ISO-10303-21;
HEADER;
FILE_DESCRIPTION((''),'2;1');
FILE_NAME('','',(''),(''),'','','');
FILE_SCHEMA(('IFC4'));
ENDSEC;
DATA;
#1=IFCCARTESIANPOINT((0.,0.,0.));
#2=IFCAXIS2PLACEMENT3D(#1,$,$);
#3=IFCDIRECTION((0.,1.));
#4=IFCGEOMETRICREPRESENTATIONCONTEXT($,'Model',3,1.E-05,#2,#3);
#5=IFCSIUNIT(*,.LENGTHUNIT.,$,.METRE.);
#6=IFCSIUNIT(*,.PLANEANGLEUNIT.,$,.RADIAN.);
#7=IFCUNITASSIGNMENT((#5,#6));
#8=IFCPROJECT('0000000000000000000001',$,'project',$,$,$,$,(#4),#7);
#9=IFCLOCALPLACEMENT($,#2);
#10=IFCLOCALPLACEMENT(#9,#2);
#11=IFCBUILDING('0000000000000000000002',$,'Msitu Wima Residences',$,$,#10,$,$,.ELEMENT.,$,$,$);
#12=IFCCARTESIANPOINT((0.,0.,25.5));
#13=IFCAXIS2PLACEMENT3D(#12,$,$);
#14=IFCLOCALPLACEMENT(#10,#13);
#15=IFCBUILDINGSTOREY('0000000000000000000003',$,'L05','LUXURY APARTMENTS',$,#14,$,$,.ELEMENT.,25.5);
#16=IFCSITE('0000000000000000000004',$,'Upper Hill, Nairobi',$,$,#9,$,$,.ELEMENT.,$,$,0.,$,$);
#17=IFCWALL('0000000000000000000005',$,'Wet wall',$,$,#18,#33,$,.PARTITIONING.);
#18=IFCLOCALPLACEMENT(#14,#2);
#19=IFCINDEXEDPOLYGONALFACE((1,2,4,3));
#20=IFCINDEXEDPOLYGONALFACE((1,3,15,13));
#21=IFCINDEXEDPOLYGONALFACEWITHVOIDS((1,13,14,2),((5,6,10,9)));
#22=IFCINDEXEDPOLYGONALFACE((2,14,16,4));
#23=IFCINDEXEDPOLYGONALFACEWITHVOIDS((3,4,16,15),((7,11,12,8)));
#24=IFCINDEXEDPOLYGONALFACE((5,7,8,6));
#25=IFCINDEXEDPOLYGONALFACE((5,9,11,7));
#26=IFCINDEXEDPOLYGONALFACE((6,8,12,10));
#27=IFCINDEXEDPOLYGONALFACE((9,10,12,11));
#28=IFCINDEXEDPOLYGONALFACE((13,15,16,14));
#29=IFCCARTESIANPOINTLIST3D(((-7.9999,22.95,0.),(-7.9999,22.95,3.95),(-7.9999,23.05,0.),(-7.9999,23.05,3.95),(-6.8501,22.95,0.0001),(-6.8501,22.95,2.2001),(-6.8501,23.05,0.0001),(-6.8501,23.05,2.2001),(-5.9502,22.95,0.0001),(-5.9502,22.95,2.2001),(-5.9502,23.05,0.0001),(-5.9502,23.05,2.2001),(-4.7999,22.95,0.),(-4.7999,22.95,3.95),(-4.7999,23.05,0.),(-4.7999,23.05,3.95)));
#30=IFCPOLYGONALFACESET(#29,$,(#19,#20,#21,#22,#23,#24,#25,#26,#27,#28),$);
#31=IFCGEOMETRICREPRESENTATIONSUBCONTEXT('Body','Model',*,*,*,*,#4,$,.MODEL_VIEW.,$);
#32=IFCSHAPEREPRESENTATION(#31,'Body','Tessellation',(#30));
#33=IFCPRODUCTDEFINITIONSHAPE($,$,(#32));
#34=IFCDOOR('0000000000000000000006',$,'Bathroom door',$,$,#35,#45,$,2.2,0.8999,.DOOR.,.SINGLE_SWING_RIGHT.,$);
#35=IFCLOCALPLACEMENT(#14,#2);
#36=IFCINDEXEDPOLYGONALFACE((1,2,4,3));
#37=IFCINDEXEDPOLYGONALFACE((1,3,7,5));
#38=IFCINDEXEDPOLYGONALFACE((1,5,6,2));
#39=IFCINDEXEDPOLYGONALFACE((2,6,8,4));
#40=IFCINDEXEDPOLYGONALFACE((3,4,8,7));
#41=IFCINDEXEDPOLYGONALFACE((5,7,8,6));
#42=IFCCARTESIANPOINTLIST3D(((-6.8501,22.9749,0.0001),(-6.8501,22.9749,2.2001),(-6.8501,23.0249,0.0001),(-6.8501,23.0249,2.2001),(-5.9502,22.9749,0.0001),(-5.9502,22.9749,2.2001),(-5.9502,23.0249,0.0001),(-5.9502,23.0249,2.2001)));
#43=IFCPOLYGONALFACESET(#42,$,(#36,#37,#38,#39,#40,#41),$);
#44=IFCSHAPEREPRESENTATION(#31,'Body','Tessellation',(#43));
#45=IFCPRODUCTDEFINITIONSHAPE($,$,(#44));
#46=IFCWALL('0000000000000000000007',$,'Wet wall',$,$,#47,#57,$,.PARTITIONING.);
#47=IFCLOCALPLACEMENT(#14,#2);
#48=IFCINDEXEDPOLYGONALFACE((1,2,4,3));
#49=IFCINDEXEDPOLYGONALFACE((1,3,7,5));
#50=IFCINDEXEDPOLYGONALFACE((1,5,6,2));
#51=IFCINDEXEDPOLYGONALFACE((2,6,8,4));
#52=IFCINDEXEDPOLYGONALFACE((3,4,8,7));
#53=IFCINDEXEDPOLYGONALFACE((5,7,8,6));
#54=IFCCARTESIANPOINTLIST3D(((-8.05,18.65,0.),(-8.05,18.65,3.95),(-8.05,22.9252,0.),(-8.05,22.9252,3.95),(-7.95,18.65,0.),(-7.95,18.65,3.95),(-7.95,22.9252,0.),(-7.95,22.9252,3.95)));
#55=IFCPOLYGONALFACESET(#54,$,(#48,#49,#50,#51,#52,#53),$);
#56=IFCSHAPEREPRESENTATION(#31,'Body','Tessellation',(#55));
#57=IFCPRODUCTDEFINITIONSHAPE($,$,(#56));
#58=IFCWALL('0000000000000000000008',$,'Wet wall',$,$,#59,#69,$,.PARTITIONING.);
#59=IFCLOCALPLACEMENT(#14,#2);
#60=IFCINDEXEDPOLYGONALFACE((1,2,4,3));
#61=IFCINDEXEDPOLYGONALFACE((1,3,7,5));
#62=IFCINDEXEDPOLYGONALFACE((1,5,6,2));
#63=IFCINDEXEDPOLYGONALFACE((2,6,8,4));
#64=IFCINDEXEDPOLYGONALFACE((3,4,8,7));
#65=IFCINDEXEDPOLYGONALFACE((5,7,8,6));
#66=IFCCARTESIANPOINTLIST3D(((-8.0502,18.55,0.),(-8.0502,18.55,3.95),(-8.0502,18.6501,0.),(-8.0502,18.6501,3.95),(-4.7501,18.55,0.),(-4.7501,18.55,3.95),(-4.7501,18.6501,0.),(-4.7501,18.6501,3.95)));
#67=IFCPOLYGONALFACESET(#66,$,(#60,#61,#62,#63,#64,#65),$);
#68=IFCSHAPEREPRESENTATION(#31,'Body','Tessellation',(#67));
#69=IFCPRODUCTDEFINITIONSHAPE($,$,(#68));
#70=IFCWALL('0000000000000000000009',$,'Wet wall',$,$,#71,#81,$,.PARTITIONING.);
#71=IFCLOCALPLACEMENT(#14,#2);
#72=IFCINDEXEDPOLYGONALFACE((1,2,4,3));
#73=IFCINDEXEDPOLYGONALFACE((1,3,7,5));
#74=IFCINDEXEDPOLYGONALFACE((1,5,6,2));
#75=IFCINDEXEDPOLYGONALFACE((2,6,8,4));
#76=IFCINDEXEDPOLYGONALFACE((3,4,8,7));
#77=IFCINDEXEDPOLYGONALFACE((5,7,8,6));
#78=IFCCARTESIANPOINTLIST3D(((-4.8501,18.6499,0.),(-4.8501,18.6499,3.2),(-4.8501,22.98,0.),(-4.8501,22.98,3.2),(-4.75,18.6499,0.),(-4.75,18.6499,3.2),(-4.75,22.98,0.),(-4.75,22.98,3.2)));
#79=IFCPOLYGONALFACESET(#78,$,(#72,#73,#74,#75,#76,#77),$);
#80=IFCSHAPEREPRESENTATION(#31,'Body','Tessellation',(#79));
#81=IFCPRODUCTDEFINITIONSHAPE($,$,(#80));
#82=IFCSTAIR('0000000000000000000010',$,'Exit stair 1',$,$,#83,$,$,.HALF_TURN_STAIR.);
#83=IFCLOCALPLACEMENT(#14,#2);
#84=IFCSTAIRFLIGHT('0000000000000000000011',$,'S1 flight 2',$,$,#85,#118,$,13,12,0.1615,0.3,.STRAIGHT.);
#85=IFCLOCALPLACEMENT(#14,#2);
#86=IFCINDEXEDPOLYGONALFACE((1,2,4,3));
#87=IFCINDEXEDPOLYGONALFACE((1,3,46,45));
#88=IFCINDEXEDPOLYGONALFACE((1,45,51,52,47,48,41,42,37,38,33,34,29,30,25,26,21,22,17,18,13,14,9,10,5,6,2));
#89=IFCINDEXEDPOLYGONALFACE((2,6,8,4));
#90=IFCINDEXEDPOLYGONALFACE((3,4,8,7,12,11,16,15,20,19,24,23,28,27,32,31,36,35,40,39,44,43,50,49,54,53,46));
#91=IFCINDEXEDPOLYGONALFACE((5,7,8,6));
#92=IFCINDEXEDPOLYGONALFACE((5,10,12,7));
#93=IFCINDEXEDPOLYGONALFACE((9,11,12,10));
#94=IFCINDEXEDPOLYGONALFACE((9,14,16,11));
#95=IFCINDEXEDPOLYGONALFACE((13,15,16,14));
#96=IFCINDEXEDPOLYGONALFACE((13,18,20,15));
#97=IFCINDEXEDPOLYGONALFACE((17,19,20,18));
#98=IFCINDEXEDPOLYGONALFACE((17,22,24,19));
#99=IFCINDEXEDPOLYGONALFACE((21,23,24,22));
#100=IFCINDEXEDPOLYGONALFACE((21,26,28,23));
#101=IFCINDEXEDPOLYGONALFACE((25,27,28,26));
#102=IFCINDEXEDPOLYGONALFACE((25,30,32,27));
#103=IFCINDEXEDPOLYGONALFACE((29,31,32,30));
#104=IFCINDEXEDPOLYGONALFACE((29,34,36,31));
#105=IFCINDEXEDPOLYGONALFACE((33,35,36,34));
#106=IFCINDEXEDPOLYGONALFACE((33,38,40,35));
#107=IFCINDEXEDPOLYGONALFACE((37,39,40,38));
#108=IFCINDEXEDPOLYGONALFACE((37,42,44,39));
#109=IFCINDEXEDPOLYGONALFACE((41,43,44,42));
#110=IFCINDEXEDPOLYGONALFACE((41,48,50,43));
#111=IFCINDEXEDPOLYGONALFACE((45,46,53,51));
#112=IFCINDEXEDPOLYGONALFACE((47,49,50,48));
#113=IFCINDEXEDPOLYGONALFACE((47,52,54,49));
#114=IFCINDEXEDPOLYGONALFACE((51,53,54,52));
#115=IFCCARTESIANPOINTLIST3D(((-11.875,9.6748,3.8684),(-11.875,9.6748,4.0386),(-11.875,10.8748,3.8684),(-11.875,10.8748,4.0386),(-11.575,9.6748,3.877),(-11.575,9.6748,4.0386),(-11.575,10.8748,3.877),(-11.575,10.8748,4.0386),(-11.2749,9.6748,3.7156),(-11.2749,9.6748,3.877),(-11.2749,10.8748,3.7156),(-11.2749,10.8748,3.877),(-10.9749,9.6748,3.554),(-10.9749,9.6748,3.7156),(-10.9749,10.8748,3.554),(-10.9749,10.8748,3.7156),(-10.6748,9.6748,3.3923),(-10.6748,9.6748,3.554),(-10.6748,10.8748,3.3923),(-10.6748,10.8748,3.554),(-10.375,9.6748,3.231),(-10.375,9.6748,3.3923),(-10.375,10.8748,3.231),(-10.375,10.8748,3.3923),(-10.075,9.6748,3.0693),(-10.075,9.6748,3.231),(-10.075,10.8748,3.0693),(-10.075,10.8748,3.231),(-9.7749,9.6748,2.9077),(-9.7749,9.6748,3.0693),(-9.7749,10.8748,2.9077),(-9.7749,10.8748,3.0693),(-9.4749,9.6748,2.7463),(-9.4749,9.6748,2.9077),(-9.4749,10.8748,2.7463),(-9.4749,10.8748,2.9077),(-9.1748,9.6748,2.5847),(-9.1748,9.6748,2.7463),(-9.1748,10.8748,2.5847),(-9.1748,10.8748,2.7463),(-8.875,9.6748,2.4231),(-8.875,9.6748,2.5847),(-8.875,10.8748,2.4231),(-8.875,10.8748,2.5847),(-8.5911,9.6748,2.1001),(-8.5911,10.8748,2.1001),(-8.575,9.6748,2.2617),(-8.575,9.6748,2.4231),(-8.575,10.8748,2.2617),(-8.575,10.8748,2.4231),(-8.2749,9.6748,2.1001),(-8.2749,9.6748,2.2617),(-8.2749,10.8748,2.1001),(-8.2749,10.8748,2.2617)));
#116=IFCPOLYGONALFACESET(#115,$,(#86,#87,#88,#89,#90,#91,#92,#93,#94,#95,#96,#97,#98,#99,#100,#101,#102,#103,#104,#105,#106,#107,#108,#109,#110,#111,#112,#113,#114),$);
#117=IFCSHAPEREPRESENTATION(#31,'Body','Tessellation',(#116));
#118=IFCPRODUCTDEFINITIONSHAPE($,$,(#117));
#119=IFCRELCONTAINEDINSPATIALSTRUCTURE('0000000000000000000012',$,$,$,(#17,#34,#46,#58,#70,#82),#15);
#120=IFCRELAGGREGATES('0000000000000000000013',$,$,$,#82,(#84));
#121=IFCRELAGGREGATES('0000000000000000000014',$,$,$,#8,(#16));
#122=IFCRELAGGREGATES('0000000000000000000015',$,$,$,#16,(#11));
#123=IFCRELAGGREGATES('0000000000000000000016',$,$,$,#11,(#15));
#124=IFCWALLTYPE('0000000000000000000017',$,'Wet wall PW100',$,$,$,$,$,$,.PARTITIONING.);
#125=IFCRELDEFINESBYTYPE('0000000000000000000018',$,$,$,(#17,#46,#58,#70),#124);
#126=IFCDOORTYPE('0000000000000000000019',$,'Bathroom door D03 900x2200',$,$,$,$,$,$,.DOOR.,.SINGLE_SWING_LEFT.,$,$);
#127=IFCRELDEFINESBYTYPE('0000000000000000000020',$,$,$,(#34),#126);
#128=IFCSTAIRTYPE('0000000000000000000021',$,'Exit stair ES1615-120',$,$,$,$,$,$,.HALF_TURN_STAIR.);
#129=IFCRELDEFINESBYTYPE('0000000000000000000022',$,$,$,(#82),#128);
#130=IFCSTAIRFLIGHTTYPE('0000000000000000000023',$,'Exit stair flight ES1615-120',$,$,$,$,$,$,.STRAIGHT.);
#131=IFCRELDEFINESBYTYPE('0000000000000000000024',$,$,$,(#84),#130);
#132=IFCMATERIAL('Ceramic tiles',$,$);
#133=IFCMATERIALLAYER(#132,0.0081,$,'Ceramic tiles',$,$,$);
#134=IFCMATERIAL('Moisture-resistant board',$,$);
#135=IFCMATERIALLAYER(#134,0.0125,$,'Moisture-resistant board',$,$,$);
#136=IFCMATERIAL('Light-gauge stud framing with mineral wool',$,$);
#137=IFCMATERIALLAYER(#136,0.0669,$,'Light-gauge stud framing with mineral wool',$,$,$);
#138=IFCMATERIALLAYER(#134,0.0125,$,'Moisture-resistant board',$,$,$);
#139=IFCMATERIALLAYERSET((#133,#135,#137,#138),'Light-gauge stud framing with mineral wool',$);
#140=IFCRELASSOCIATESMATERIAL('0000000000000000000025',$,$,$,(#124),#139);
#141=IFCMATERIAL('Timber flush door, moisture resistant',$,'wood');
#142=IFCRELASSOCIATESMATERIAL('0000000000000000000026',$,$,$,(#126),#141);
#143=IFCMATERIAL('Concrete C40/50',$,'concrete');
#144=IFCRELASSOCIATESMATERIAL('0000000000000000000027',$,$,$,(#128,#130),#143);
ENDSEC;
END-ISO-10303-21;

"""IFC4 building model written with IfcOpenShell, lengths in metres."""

from ifc_helpers import new_model, si_unit, direction, frame, frame_2d, origin, place, context, subcontext, project, spatial, polyline, rectangle, outline, extrude, material, layer, layer_set, type_object, element, fill, aggregate, save


model = new_model("IFC4")

# Units and contexts
model_context = context("Model", 3, precision=1e-05, world=origin(), true_north=direction((0.0, 1.0)))
body_context = subcontext(model_context, "Body", "Model", "MODEL_VIEW")
ifc_project = project(units=[si_unit("LENGTHUNIT", "METRE"), si_unit("PLANEANGLEUNIT", "RADIAN")], contexts=[model_context])

# Site, building, storey
site_placement = place(None, origin())
site = spatial("IfcSite", under=ifc_project, at=site_placement, Name="Upper Hill, Nairobi", CompositionType="ELEMENT", RefElevation=0.0)
building_placement = place(site_placement, origin())
building = spatial("IfcBuilding", under=site, at=building_placement, Name="Msitu Wima Residences", CompositionType="ELEMENT")
storey_placement = place(building_placement, frame((0.0, 0.0, 25.5)))
storey = spatial("IfcBuildingStorey", under=building, at=storey_placement, Name="L05", Description="LUXURY APARTMENTS", CompositionType="ELEMENT", Elevation=25.5)

# Shared definitions
ifc_material_1 = material(Name="Concrete C40/50", Category="concrete")

# Shared definitions
ifc_material_2 = material(Name="Ceramic tiles")
ifc_layer_1 = layer(ifc_material_2, 0.0081, Name="Ceramic tiles")
ifc_material_3 = material(Name="Moisture-resistant board")
ifc_layer_2 = layer(ifc_material_3, 0.0125, Name="Moisture-resistant board")
ifc_material_4 = material(Name="Light-gauge stud framing with mineral wool")
ifc_layer_3 = layer(ifc_material_4, 0.0669, Name="Light-gauge stud framing with mineral wool")
ifc_layer_4 = layer(ifc_material_3, 0.0125, Name="Moisture-resistant board")
ifc_layer_set_1 = layer_set([ifc_layer_1, ifc_layer_2, ifc_layer_3, ifc_layer_4], Name="Light-gauge stud framing with mineral wool")
wall_type_1 = type_object("IfcWallType", Name="Wet wall PW100", PredefinedType="PARTITIONING", material=ifc_layer_set_1)

# Wall, opening, door
wall_1_placement = place(storey_placement, frame((-8.0, 23.0, 0.0), z_axis=(0.0, 0.0, 1.0), x_axis=(1.0, 0.0, 0.0)))
wall_1 = element("IfcWall", 1, at=wall_1_placement, inside=storey, type_object=wall_type_1, Name="Wet wall", PredefinedType="PARTITIONING", context=body_context, shape_type="SweptSolid", body=[
    extrude(rectangle(XDim=3.2, YDim=0.1001, at=frame_2d((1.6001, 0.0))), origin(), (0.0, 0.0, 1.0), 3.95),
])
opening_1_placement = place(wall_1_placement, frame((1.1499, 0.0, 0.0)))
opening_1 = element("IfcOpeningElement", 2, at=opening_1_placement, cuts=wall_1, PredefinedType="OPENING", context=body_context, shape_type="SweptSolid", body=[
    extrude(rectangle(XDim=0.8999, YDim=2.2, at=frame_2d((0.45, 1.1001))), frame((0.0, 0.0601, 0.0), z_axis=(0.0, -1.0, 0.0), x_axis=(1.0, 0.0, 0.0)), (0.0, 0.0, 1.0), 0.1201),
])
ifc_material_5 = material(Name="Timber flush door, moisture resistant", Category="wood")
door_type_1 = type_object("IfcDoorType", Name="Bathroom door D03 900x2200", OperationType="SINGLE_SWING_LEFT", PredefinedType="DOOR", material=ifc_material_5)
door_1_placement = place(opening_1_placement, origin())
door_1 = element("IfcDoor", 3, at=door_1_placement, inside=storey, type_object=door_type_1, Name="Bathroom door", OperationType="SINGLE_SWING_RIGHT", OverallHeight=2.2, OverallWidth=0.8999, PredefinedType="DOOR", context=body_context, shape_type="SweptSolid", body=[
    extrude(rectangle(XDim=0.8999, YDim=2.2, at=frame_2d((0.45, 1.1001))), frame((0.0, 0.0249, 0.0), z_axis=(0.0, -1.0, 0.0), x_axis=(1.0, 0.0, 0.0)), (0.0, 0.0, 1.0), 0.05),
])
fill(opening_1, door_1)

# Walls
wall_2_placement = place(storey_placement, frame((-8.0, 18.6499, 0.0), z_axis=(0.0, 0.0, 1.0), x_axis=(0.0, 1.0, 0.0)))
element("IfcWall", 4, at=wall_2_placement, inside=storey, type_object=wall_type_1, Name="Wet wall", PredefinedType="PARTITIONING", context=body_context, shape_type="SweptSolid", body=[
    extrude(rectangle(XDim=4.2751, YDim=0.1001, at=frame_2d((2.1377, 0.0))), origin(), (0.0, 0.0, 1.0), 3.95),
])
wall_3_placement = place(storey_placement, frame((-8.05, 18.6001, 0.0), z_axis=(0.0, 0.0, 1.0), x_axis=(1.0, 0.0, 0.0)))
element("IfcWall", 5, at=wall_3_placement, inside=storey, type_object=wall_type_1, Name="Wet wall", PredefinedType="PARTITIONING", context=body_context, shape_type="SweptSolid", body=[
    extrude(rectangle(XDim=3.3, YDim=0.1001, at=frame_2d((1.6499, 0.0))), origin(), (0.0, 0.0, 1.0), 3.95),
])
wall_4_placement = place(storey_placement, frame((-4.8, 18.6499, 0.0), z_axis=(0.0, 0.0, 1.0), x_axis=(0.0, 1.0, 0.0)))
element("IfcWall", 6, at=wall_4_placement, inside=storey, type_object=wall_type_1, Name="Wet wall", PredefinedType="PARTITIONING", context=body_context, shape_type="SweptSolid", body=[
    extrude(rectangle(XDim=4.3301, YDim=0.1001, at=frame_2d((2.165, 0.0))), origin(), (0.0, 0.0, 1.0), 3.2),
])

# Stair, stair flight
stair_type = type_object("IfcStairType", Name="Exit stair ES1615-120", PredefinedType="HALF_TURN_STAIR", material=ifc_material_1)
stair_placement = place(storey_placement, origin())
stair = element("IfcStair", 7, at=stair_placement, inside=storey, type_object=stair_type, Name="Exit stair 1", PredefinedType="HALF_TURN_STAIR")
stair_flight_type = type_object("IfcStairFlightType", Name="Exit stair flight ES1615-120", PredefinedType="STRAIGHT", material=ifc_material_1)
stair_flight_placement = place(storey_placement, frame((-8.2749, 10.2749, 2.1001), z_axis=(0.0, 0.0, 1.0), x_axis=(-1.0, 0.0, 0.0)))
stair_flight = element("IfcStairFlight", 8, at=stair_flight_placement, type_object=stair_flight_type, Name="S1 flight 2", NumberOfRisers=13, NumberOfTreads=12, PredefinedType="STRAIGHT", RiserHeight=0.1615, TreadLength=0.3, context=body_context, shape_type="SweptSolid", body=[
    extrude(outline(polyline([(0.0, 0.0), (0.0, 0.1616), (0.3, 0.1616), (0.3, 0.323), (0.6001, 0.323), (0.6001, 0.4846), (0.8999, 0.4846), (0.8999, 0.6462), (1.2, 0.6462), (1.2, 0.8076), (1.5, 0.8076), (1.5, 0.9692), (1.8, 0.9692), (1.8, 1.1309), (2.1001, 1.1309), (2.1001, 1.2922), (2.3999, 1.2922), (2.3999, 1.4539), (2.7, 1.4539), (2.7, 1.6155), (3.0, 1.6155), (3.0, 1.7769), (3.3, 1.7769), (3.3, 1.9385), (3.6001, 1.9385), (3.6001, 2.1001), (3.6001, 1.7683), (0.3162, 0.0), (0.0, 0.0)])), frame((0.0, 0.6001, 0.0), z_axis=(0.0, -1.0, 0.0), x_axis=(1.0, 0.0, 0.0)), (0.0, 0.0, 1.0), 1.2),
])
aggregate(stair, [stair_flight])

save(model, "model.ifc")
